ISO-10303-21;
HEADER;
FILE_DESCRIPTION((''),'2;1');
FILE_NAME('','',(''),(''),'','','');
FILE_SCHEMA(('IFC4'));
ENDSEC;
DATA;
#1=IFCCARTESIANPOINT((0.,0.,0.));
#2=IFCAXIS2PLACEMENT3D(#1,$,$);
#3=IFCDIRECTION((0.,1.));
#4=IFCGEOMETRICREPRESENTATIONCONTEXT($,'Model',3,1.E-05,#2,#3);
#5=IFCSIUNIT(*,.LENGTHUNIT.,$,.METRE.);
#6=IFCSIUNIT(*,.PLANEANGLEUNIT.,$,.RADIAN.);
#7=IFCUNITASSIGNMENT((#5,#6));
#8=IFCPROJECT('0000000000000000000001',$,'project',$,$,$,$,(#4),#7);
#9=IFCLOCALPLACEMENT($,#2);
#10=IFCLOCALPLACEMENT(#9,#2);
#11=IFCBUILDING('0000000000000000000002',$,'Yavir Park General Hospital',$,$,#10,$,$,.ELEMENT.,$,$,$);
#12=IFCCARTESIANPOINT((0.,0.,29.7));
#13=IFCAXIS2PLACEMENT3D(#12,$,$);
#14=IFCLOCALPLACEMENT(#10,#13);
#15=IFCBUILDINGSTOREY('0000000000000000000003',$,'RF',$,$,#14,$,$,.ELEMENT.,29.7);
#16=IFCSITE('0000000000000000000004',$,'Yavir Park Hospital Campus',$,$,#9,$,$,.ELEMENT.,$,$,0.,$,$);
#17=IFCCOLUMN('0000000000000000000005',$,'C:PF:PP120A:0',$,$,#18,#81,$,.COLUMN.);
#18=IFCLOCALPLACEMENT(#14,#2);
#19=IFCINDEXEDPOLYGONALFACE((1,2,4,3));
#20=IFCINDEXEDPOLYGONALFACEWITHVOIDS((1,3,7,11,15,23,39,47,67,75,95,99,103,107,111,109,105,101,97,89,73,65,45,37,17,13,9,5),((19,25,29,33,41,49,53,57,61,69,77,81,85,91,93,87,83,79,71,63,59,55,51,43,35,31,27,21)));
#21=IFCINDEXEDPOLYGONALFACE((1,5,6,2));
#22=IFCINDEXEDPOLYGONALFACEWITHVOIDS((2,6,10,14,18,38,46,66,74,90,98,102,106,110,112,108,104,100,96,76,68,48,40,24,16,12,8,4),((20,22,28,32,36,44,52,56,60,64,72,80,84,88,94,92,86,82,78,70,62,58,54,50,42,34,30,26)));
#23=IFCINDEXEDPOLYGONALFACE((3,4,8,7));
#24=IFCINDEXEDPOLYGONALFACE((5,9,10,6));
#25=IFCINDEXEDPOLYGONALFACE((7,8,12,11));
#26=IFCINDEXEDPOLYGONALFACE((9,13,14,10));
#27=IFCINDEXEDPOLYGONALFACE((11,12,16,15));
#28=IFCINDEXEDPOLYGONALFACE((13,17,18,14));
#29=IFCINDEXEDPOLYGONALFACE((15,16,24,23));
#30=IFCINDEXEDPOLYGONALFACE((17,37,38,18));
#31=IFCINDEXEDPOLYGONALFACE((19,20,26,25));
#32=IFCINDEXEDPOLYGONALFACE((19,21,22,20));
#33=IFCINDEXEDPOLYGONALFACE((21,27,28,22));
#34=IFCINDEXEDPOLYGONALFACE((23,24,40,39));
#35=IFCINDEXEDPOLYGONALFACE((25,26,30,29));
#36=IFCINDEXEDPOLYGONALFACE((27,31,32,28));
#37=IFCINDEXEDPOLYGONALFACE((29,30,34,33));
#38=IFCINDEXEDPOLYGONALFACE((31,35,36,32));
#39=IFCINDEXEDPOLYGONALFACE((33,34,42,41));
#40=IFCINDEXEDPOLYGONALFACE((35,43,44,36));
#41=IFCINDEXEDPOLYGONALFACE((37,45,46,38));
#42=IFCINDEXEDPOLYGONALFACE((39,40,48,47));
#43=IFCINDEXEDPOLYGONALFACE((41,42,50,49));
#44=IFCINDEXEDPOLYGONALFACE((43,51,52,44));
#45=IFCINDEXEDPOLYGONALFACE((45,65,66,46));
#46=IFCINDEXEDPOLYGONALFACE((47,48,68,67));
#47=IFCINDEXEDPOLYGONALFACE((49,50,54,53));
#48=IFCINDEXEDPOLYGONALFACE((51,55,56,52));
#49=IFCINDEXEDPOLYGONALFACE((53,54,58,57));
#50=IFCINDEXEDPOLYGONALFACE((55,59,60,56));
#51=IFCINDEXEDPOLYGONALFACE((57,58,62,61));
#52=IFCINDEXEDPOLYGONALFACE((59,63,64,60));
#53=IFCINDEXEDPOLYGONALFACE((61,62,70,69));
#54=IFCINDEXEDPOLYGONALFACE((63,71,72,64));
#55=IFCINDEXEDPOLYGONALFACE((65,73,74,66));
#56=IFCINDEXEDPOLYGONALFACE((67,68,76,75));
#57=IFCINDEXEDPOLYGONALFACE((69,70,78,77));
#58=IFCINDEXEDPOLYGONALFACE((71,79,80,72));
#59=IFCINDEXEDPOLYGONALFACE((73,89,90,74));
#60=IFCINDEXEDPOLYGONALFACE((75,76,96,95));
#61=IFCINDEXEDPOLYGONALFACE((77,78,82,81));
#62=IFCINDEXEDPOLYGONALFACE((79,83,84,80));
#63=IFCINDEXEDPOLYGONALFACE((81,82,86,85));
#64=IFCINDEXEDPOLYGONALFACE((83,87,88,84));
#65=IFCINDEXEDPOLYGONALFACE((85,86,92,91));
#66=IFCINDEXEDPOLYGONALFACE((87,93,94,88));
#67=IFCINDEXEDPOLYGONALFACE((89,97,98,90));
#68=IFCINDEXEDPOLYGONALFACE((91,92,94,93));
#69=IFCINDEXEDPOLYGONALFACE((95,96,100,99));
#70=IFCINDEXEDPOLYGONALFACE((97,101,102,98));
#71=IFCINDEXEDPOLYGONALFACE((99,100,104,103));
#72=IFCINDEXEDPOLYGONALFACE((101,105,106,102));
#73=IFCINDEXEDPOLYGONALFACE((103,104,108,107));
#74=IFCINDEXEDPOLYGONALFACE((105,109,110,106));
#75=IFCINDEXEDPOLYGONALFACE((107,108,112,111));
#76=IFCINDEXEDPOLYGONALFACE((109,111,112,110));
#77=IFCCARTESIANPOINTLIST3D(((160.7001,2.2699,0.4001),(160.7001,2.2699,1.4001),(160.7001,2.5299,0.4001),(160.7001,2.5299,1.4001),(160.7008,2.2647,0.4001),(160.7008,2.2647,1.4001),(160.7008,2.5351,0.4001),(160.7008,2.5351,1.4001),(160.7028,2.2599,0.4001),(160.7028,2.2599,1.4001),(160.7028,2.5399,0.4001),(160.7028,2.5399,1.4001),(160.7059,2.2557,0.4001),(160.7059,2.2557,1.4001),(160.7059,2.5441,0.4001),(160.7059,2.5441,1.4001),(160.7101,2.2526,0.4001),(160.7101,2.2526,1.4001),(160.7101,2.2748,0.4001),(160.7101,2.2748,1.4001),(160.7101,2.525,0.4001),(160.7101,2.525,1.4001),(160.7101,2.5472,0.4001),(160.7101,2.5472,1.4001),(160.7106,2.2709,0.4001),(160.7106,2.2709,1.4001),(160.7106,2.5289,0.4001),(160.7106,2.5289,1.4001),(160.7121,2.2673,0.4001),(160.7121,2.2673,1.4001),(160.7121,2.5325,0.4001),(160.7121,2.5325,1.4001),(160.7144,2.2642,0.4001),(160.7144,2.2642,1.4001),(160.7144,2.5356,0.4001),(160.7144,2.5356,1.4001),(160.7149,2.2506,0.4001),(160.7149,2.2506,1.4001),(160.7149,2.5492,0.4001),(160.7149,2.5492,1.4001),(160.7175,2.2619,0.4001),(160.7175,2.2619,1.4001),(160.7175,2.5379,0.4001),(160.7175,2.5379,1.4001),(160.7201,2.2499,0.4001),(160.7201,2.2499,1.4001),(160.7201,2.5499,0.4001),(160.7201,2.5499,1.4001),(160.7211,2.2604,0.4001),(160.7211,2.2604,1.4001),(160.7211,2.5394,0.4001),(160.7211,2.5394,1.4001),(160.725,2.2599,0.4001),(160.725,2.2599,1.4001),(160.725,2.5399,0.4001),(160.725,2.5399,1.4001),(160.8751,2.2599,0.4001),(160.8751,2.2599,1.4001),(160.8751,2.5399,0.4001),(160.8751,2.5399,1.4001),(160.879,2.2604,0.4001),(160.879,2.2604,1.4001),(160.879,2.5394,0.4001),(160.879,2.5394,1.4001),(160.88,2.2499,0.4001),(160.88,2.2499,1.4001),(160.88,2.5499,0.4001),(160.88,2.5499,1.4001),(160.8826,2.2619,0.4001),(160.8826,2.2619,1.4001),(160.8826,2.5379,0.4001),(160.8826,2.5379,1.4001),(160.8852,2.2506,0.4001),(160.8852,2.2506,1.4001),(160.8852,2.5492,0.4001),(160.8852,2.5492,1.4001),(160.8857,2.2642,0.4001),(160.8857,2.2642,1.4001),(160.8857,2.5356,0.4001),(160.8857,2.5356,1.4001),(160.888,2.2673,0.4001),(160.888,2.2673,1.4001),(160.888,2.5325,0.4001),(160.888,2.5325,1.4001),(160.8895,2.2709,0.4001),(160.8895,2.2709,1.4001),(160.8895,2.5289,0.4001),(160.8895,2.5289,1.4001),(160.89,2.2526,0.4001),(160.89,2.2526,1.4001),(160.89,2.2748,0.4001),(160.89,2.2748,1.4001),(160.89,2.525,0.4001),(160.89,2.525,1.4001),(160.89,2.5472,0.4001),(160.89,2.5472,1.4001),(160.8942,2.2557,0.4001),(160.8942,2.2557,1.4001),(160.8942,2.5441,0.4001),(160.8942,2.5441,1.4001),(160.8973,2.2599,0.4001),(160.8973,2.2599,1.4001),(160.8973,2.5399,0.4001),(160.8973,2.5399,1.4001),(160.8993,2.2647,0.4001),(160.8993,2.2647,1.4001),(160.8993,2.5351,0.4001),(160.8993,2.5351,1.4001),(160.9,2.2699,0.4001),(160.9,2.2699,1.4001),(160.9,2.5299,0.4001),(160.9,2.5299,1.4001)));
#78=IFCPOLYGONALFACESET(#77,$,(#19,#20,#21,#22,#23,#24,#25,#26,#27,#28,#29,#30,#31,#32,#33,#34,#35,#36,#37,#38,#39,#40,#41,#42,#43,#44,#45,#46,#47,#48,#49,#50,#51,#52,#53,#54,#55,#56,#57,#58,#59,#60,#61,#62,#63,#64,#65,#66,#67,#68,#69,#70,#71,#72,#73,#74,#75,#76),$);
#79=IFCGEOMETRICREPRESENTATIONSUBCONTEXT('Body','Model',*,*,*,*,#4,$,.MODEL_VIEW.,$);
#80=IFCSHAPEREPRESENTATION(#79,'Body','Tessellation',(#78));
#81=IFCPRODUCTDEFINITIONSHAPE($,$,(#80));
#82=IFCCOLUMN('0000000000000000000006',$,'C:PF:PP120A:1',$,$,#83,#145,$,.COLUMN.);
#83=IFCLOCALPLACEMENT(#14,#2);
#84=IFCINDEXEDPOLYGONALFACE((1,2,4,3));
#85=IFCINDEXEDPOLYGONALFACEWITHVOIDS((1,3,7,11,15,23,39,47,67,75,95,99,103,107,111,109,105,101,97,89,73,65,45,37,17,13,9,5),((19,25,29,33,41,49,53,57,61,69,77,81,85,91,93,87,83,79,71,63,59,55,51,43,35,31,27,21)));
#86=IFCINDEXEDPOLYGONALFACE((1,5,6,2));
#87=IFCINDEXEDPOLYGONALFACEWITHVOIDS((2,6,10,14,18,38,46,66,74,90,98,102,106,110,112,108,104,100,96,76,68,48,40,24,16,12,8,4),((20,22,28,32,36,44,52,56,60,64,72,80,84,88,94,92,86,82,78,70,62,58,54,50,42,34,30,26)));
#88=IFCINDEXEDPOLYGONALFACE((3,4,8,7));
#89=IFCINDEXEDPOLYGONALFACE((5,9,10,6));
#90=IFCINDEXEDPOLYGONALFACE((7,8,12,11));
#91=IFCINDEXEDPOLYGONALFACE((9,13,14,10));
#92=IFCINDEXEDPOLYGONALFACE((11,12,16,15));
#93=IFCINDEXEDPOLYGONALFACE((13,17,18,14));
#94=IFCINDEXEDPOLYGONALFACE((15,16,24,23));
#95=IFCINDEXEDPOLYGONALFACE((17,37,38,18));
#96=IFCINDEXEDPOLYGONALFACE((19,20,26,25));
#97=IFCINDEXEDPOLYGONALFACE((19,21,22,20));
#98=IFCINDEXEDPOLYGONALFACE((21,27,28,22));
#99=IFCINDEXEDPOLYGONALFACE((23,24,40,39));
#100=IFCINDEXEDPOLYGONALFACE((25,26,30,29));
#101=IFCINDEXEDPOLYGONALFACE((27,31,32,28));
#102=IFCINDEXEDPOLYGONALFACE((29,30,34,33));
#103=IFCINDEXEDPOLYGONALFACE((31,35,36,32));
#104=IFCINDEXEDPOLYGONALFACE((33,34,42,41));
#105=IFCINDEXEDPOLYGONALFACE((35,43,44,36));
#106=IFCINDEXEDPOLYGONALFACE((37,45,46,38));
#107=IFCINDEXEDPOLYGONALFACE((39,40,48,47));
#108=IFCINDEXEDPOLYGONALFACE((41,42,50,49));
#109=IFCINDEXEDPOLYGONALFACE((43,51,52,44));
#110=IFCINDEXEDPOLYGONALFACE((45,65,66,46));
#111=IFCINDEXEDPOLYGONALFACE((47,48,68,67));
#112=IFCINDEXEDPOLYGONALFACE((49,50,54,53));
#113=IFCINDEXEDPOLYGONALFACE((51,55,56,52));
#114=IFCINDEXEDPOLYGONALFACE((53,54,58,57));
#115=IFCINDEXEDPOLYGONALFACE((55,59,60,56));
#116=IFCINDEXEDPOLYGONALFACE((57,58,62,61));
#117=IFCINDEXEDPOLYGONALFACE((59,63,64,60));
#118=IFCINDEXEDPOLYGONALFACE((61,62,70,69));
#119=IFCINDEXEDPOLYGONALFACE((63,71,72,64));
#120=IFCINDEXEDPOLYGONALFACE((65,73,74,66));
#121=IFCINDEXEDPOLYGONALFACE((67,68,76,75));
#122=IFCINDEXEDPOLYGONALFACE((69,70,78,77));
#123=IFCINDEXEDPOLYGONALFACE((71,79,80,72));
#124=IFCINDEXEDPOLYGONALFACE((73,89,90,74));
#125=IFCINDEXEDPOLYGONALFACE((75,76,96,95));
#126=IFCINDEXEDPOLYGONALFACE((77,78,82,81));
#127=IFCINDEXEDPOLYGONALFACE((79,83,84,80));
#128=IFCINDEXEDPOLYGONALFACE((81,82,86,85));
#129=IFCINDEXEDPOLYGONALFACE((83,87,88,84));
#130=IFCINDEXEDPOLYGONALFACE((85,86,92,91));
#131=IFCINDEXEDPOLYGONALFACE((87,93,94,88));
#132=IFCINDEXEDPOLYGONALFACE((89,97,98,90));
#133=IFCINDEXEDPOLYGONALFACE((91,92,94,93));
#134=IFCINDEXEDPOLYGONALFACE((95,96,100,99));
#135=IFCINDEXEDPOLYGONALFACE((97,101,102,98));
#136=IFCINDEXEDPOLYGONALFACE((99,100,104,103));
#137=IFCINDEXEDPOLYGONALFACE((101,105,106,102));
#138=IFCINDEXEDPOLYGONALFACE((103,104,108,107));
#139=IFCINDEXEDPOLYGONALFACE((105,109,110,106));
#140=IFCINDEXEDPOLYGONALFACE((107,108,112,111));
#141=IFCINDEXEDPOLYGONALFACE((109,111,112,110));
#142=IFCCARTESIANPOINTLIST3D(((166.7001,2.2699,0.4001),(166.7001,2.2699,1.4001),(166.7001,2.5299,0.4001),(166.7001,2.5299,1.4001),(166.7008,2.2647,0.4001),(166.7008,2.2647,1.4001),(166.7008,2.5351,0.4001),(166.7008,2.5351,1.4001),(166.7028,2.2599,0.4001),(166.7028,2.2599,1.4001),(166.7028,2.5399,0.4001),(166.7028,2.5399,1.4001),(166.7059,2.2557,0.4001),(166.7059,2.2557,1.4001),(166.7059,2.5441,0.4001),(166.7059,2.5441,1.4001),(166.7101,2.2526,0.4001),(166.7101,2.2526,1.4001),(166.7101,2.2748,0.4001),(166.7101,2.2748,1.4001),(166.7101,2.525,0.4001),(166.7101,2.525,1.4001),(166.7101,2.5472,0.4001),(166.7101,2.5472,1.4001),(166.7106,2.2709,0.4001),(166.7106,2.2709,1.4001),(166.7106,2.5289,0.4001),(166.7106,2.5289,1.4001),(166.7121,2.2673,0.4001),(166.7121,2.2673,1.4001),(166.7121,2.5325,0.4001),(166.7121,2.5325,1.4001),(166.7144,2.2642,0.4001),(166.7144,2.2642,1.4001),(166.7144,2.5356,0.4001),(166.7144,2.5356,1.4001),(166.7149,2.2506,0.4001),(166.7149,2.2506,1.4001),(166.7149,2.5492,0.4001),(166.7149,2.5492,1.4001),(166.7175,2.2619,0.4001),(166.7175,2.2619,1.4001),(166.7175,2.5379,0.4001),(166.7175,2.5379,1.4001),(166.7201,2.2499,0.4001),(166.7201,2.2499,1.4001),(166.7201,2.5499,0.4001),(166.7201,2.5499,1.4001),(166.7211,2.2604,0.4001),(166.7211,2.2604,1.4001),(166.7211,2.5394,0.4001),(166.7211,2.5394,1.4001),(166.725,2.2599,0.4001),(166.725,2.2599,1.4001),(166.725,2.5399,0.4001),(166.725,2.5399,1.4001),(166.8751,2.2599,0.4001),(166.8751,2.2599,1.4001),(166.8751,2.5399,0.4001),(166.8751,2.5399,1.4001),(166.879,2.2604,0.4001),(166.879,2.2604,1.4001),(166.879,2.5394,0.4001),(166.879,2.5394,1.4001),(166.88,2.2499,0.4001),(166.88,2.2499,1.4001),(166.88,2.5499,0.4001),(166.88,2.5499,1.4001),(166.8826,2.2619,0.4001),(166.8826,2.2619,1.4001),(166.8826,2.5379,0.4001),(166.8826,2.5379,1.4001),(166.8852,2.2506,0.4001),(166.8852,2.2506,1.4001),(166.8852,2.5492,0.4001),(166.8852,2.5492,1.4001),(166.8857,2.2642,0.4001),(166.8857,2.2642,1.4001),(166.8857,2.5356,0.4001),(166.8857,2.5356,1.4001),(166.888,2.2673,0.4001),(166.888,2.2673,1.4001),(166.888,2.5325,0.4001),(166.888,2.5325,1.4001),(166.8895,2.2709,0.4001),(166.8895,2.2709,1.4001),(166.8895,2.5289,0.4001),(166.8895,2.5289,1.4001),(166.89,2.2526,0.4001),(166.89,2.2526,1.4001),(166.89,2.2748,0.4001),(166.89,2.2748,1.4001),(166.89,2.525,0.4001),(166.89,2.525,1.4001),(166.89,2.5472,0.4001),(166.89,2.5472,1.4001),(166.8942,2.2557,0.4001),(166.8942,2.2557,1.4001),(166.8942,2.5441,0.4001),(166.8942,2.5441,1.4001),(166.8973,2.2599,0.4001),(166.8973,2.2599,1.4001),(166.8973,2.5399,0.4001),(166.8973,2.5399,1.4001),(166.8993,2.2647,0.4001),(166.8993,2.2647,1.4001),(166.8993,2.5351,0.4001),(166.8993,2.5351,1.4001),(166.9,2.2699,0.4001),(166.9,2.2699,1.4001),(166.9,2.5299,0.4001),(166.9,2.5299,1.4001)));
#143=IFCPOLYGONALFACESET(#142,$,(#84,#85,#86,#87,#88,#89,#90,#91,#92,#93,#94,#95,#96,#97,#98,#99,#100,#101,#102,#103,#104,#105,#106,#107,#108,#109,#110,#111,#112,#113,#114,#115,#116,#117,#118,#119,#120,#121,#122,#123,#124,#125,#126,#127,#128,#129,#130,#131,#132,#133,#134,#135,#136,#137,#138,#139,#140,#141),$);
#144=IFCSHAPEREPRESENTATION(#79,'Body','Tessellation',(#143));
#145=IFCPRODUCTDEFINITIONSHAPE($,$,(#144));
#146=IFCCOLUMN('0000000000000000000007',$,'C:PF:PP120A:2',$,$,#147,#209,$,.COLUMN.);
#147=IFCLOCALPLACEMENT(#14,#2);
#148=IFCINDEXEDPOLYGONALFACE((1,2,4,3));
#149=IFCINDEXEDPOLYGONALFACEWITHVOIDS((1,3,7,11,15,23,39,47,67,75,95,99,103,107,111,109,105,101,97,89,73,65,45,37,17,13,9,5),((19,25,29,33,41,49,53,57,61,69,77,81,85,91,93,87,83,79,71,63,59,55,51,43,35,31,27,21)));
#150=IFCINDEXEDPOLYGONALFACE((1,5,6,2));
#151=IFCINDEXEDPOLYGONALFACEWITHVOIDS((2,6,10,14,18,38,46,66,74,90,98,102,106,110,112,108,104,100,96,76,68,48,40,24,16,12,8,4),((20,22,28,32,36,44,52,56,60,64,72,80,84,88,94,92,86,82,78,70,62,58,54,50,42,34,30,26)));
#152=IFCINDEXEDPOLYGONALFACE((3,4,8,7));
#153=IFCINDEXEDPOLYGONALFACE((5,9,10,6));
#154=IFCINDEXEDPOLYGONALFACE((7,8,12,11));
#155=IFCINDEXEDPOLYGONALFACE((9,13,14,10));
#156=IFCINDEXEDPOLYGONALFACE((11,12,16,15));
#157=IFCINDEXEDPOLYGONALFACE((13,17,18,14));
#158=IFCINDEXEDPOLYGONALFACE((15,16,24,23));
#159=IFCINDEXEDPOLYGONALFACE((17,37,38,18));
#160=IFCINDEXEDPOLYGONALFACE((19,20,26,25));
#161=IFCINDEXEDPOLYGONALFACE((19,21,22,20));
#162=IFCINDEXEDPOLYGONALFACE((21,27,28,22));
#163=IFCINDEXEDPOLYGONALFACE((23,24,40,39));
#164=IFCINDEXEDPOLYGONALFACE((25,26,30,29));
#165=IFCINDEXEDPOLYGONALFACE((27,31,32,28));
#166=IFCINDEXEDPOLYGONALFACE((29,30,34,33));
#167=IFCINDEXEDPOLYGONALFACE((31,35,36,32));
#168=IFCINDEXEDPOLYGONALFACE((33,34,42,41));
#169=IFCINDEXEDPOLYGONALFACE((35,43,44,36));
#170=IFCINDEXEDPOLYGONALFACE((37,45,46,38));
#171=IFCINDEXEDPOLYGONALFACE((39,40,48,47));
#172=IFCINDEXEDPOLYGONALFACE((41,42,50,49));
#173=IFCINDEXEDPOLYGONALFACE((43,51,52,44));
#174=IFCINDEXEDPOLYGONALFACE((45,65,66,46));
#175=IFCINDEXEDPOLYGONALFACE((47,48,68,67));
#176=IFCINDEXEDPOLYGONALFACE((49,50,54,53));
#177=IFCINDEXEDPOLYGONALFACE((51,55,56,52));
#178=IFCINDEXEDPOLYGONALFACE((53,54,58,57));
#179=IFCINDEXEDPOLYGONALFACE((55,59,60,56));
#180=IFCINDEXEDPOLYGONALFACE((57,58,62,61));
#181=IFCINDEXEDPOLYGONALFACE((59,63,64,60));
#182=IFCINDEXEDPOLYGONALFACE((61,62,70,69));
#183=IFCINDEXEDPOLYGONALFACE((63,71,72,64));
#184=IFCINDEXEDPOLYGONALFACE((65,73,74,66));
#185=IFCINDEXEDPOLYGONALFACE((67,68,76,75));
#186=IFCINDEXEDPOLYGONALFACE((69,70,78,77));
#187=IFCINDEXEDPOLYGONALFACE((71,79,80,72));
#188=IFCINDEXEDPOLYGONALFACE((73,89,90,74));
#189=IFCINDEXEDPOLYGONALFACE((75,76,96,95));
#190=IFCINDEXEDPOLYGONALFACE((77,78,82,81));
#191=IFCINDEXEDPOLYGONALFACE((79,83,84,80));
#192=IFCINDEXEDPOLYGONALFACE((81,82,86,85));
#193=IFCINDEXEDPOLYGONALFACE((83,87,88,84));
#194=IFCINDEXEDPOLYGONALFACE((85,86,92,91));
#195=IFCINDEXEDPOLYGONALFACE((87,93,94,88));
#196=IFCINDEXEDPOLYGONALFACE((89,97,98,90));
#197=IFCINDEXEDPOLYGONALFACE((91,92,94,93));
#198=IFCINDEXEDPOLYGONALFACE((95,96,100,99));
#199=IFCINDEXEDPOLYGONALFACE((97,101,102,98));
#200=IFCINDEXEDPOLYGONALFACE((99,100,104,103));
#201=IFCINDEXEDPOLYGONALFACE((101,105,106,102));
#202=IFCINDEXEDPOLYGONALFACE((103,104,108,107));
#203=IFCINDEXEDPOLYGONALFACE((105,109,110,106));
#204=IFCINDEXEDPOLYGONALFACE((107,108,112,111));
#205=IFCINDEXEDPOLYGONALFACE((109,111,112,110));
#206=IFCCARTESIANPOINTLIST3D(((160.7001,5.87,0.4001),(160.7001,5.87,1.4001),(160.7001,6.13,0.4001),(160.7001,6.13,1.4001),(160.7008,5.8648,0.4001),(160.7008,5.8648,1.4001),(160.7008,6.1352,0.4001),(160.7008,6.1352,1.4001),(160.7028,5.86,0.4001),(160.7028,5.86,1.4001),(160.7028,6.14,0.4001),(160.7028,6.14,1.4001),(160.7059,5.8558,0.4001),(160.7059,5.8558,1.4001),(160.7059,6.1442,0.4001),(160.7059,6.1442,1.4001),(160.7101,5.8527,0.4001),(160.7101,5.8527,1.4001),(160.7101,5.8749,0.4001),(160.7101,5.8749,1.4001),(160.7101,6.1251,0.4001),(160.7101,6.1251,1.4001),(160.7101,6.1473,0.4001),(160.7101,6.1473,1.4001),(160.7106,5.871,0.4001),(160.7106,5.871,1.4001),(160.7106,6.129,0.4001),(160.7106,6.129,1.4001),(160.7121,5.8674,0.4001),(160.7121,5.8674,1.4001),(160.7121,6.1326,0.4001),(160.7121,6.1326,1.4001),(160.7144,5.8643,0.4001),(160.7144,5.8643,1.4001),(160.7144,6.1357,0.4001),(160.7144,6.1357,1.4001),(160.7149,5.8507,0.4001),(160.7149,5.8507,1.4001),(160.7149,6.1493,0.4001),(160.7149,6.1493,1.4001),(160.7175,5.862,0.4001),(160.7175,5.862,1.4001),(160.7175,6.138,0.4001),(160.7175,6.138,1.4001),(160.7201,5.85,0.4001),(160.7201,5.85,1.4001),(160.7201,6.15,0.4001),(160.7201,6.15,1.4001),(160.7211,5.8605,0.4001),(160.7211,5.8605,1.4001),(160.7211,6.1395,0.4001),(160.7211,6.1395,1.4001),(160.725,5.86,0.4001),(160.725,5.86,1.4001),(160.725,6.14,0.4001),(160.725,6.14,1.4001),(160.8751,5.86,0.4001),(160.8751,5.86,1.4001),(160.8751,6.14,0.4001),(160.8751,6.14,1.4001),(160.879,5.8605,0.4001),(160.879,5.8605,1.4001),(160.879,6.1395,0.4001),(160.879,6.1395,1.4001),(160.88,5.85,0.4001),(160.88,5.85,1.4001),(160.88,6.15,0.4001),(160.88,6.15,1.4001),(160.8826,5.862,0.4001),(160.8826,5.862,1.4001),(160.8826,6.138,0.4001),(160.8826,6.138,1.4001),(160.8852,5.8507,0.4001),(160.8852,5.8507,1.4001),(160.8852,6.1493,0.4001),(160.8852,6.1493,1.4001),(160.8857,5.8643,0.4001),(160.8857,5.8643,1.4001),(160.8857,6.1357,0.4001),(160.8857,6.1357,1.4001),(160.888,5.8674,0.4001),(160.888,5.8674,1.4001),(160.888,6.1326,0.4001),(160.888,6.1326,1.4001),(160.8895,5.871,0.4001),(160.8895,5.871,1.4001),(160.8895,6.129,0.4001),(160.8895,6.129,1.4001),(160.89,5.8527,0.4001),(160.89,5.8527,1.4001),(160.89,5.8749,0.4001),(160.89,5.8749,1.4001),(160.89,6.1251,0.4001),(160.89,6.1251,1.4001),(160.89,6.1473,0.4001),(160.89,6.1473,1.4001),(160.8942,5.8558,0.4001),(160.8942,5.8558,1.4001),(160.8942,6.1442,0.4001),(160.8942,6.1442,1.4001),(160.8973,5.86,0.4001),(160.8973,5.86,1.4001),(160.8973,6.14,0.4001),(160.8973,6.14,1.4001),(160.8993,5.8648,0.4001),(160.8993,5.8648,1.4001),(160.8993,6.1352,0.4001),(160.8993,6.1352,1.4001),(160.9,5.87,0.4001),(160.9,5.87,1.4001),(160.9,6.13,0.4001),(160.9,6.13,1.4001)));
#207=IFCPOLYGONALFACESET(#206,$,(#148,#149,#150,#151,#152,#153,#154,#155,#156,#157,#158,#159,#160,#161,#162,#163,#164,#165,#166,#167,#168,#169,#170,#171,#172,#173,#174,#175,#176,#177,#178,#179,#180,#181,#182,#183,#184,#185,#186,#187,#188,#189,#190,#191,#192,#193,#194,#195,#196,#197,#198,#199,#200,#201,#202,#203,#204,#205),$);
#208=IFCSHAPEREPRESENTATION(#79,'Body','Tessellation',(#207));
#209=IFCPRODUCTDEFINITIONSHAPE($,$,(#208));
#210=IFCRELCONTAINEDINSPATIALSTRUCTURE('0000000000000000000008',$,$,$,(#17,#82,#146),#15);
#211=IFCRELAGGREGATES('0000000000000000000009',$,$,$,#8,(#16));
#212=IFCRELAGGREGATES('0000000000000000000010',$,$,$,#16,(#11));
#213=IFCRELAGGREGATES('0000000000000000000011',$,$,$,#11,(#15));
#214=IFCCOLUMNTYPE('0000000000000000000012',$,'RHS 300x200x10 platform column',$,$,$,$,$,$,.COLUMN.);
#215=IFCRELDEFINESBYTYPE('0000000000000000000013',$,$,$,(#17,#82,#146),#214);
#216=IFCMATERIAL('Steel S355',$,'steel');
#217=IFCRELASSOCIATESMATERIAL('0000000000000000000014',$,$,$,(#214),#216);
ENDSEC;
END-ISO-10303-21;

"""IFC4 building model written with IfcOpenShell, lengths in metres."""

from ifc_helpers import new_model, si_unit, direction, frame, origin, origin_2d, place, context, subcontext, project, spatial, hollow_rectangle, extrude, material, material_profile, profile_set, type_object, element, save


model = new_model("IFC4")

# Units and contexts
model_context = context("Model", 3, precision=1e-05, world=origin(), true_north=direction((0.0, 1.0)))
body_context = subcontext(model_context, "Body", "Model", "MODEL_VIEW")
ifc_project = project(units=[si_unit("LENGTHUNIT", "METRE"), si_unit("PLANEANGLEUNIT", "RADIAN")], contexts=[model_context])

# Site, building, storey
site_placement = place(None, origin())
site = spatial("IfcSite", under=ifc_project, at=site_placement, Name="Yavir Park Hospital Campus", CompositionType="ELEMENT", RefElevation=0.0)
building_placement = place(site_placement, origin())
building = spatial("IfcBuilding", under=site, at=building_placement, Name="Yavir Park General Hospital", CompositionType="ELEMENT")
storey_placement = place(building_placement, frame((0.0, 0.0, 29.7)))
storey = spatial("IfcBuildingStorey", under=building, at=storey_placement, Name="RF", CompositionType="ELEMENT", Elevation=29.7)

# Columns
ifc_material_1 = material(Name="Steel S355", Category="steel")
ifc_material_profile_1 = material_profile(ifc_material_1, hollow_rectangle(XDim=0.2, YDim=0.3, WallThickness=0.01, InnerFilletRadius=0.0149, OuterFilletRadius=0.02, at=origin_2d()), Name="RHS300x200x10")
ifc_profile_set_1 = profile_set([ifc_material_profile_1], Name="Steel S355")
column_type_1 = type_object("IfcColumnType", Name="RHS 300x200x10 platform column", PredefinedType="COLUMN", material=ifc_profile_set_1)
for number, where, z_axis, x_axis, name in (
    (1, (160.8, 2.3999, 0.4001), (0.0, 0.0, 1.0), (1.0, 0.0, 0.0), "C:PF:PP120A:0"),
    (2, (166.8, 2.3999, 0.4001), (0.0, 0.0, 1.0), (1.0, 0.0, 0.0), "C:PF:PP120A:1"),
    (3, (160.8, 6.0, 0.4001), (0.0, 0.0, 1.0), (1.0, 0.0, 0.0), "C:PF:PP120A:2"),
):
    element("IfcColumn", number, at=place(storey_placement, frame(where, z_axis=z_axis, x_axis=x_axis)), inside=storey, type_object=column_type_1, Name=name, PredefinedType="COLUMN", context=body_context, shape_type="SweptSolid", body=[
        extrude(hollow_rectangle(XDim=0.2, YDim=0.3, WallThickness=0.01, InnerFilletRadius=0.0149, OuterFilletRadius=0.02, at=origin_2d()), origin(), (0.0, 0.0, 1.0), 1.0),
    ])

save(model, "model.ifc")
